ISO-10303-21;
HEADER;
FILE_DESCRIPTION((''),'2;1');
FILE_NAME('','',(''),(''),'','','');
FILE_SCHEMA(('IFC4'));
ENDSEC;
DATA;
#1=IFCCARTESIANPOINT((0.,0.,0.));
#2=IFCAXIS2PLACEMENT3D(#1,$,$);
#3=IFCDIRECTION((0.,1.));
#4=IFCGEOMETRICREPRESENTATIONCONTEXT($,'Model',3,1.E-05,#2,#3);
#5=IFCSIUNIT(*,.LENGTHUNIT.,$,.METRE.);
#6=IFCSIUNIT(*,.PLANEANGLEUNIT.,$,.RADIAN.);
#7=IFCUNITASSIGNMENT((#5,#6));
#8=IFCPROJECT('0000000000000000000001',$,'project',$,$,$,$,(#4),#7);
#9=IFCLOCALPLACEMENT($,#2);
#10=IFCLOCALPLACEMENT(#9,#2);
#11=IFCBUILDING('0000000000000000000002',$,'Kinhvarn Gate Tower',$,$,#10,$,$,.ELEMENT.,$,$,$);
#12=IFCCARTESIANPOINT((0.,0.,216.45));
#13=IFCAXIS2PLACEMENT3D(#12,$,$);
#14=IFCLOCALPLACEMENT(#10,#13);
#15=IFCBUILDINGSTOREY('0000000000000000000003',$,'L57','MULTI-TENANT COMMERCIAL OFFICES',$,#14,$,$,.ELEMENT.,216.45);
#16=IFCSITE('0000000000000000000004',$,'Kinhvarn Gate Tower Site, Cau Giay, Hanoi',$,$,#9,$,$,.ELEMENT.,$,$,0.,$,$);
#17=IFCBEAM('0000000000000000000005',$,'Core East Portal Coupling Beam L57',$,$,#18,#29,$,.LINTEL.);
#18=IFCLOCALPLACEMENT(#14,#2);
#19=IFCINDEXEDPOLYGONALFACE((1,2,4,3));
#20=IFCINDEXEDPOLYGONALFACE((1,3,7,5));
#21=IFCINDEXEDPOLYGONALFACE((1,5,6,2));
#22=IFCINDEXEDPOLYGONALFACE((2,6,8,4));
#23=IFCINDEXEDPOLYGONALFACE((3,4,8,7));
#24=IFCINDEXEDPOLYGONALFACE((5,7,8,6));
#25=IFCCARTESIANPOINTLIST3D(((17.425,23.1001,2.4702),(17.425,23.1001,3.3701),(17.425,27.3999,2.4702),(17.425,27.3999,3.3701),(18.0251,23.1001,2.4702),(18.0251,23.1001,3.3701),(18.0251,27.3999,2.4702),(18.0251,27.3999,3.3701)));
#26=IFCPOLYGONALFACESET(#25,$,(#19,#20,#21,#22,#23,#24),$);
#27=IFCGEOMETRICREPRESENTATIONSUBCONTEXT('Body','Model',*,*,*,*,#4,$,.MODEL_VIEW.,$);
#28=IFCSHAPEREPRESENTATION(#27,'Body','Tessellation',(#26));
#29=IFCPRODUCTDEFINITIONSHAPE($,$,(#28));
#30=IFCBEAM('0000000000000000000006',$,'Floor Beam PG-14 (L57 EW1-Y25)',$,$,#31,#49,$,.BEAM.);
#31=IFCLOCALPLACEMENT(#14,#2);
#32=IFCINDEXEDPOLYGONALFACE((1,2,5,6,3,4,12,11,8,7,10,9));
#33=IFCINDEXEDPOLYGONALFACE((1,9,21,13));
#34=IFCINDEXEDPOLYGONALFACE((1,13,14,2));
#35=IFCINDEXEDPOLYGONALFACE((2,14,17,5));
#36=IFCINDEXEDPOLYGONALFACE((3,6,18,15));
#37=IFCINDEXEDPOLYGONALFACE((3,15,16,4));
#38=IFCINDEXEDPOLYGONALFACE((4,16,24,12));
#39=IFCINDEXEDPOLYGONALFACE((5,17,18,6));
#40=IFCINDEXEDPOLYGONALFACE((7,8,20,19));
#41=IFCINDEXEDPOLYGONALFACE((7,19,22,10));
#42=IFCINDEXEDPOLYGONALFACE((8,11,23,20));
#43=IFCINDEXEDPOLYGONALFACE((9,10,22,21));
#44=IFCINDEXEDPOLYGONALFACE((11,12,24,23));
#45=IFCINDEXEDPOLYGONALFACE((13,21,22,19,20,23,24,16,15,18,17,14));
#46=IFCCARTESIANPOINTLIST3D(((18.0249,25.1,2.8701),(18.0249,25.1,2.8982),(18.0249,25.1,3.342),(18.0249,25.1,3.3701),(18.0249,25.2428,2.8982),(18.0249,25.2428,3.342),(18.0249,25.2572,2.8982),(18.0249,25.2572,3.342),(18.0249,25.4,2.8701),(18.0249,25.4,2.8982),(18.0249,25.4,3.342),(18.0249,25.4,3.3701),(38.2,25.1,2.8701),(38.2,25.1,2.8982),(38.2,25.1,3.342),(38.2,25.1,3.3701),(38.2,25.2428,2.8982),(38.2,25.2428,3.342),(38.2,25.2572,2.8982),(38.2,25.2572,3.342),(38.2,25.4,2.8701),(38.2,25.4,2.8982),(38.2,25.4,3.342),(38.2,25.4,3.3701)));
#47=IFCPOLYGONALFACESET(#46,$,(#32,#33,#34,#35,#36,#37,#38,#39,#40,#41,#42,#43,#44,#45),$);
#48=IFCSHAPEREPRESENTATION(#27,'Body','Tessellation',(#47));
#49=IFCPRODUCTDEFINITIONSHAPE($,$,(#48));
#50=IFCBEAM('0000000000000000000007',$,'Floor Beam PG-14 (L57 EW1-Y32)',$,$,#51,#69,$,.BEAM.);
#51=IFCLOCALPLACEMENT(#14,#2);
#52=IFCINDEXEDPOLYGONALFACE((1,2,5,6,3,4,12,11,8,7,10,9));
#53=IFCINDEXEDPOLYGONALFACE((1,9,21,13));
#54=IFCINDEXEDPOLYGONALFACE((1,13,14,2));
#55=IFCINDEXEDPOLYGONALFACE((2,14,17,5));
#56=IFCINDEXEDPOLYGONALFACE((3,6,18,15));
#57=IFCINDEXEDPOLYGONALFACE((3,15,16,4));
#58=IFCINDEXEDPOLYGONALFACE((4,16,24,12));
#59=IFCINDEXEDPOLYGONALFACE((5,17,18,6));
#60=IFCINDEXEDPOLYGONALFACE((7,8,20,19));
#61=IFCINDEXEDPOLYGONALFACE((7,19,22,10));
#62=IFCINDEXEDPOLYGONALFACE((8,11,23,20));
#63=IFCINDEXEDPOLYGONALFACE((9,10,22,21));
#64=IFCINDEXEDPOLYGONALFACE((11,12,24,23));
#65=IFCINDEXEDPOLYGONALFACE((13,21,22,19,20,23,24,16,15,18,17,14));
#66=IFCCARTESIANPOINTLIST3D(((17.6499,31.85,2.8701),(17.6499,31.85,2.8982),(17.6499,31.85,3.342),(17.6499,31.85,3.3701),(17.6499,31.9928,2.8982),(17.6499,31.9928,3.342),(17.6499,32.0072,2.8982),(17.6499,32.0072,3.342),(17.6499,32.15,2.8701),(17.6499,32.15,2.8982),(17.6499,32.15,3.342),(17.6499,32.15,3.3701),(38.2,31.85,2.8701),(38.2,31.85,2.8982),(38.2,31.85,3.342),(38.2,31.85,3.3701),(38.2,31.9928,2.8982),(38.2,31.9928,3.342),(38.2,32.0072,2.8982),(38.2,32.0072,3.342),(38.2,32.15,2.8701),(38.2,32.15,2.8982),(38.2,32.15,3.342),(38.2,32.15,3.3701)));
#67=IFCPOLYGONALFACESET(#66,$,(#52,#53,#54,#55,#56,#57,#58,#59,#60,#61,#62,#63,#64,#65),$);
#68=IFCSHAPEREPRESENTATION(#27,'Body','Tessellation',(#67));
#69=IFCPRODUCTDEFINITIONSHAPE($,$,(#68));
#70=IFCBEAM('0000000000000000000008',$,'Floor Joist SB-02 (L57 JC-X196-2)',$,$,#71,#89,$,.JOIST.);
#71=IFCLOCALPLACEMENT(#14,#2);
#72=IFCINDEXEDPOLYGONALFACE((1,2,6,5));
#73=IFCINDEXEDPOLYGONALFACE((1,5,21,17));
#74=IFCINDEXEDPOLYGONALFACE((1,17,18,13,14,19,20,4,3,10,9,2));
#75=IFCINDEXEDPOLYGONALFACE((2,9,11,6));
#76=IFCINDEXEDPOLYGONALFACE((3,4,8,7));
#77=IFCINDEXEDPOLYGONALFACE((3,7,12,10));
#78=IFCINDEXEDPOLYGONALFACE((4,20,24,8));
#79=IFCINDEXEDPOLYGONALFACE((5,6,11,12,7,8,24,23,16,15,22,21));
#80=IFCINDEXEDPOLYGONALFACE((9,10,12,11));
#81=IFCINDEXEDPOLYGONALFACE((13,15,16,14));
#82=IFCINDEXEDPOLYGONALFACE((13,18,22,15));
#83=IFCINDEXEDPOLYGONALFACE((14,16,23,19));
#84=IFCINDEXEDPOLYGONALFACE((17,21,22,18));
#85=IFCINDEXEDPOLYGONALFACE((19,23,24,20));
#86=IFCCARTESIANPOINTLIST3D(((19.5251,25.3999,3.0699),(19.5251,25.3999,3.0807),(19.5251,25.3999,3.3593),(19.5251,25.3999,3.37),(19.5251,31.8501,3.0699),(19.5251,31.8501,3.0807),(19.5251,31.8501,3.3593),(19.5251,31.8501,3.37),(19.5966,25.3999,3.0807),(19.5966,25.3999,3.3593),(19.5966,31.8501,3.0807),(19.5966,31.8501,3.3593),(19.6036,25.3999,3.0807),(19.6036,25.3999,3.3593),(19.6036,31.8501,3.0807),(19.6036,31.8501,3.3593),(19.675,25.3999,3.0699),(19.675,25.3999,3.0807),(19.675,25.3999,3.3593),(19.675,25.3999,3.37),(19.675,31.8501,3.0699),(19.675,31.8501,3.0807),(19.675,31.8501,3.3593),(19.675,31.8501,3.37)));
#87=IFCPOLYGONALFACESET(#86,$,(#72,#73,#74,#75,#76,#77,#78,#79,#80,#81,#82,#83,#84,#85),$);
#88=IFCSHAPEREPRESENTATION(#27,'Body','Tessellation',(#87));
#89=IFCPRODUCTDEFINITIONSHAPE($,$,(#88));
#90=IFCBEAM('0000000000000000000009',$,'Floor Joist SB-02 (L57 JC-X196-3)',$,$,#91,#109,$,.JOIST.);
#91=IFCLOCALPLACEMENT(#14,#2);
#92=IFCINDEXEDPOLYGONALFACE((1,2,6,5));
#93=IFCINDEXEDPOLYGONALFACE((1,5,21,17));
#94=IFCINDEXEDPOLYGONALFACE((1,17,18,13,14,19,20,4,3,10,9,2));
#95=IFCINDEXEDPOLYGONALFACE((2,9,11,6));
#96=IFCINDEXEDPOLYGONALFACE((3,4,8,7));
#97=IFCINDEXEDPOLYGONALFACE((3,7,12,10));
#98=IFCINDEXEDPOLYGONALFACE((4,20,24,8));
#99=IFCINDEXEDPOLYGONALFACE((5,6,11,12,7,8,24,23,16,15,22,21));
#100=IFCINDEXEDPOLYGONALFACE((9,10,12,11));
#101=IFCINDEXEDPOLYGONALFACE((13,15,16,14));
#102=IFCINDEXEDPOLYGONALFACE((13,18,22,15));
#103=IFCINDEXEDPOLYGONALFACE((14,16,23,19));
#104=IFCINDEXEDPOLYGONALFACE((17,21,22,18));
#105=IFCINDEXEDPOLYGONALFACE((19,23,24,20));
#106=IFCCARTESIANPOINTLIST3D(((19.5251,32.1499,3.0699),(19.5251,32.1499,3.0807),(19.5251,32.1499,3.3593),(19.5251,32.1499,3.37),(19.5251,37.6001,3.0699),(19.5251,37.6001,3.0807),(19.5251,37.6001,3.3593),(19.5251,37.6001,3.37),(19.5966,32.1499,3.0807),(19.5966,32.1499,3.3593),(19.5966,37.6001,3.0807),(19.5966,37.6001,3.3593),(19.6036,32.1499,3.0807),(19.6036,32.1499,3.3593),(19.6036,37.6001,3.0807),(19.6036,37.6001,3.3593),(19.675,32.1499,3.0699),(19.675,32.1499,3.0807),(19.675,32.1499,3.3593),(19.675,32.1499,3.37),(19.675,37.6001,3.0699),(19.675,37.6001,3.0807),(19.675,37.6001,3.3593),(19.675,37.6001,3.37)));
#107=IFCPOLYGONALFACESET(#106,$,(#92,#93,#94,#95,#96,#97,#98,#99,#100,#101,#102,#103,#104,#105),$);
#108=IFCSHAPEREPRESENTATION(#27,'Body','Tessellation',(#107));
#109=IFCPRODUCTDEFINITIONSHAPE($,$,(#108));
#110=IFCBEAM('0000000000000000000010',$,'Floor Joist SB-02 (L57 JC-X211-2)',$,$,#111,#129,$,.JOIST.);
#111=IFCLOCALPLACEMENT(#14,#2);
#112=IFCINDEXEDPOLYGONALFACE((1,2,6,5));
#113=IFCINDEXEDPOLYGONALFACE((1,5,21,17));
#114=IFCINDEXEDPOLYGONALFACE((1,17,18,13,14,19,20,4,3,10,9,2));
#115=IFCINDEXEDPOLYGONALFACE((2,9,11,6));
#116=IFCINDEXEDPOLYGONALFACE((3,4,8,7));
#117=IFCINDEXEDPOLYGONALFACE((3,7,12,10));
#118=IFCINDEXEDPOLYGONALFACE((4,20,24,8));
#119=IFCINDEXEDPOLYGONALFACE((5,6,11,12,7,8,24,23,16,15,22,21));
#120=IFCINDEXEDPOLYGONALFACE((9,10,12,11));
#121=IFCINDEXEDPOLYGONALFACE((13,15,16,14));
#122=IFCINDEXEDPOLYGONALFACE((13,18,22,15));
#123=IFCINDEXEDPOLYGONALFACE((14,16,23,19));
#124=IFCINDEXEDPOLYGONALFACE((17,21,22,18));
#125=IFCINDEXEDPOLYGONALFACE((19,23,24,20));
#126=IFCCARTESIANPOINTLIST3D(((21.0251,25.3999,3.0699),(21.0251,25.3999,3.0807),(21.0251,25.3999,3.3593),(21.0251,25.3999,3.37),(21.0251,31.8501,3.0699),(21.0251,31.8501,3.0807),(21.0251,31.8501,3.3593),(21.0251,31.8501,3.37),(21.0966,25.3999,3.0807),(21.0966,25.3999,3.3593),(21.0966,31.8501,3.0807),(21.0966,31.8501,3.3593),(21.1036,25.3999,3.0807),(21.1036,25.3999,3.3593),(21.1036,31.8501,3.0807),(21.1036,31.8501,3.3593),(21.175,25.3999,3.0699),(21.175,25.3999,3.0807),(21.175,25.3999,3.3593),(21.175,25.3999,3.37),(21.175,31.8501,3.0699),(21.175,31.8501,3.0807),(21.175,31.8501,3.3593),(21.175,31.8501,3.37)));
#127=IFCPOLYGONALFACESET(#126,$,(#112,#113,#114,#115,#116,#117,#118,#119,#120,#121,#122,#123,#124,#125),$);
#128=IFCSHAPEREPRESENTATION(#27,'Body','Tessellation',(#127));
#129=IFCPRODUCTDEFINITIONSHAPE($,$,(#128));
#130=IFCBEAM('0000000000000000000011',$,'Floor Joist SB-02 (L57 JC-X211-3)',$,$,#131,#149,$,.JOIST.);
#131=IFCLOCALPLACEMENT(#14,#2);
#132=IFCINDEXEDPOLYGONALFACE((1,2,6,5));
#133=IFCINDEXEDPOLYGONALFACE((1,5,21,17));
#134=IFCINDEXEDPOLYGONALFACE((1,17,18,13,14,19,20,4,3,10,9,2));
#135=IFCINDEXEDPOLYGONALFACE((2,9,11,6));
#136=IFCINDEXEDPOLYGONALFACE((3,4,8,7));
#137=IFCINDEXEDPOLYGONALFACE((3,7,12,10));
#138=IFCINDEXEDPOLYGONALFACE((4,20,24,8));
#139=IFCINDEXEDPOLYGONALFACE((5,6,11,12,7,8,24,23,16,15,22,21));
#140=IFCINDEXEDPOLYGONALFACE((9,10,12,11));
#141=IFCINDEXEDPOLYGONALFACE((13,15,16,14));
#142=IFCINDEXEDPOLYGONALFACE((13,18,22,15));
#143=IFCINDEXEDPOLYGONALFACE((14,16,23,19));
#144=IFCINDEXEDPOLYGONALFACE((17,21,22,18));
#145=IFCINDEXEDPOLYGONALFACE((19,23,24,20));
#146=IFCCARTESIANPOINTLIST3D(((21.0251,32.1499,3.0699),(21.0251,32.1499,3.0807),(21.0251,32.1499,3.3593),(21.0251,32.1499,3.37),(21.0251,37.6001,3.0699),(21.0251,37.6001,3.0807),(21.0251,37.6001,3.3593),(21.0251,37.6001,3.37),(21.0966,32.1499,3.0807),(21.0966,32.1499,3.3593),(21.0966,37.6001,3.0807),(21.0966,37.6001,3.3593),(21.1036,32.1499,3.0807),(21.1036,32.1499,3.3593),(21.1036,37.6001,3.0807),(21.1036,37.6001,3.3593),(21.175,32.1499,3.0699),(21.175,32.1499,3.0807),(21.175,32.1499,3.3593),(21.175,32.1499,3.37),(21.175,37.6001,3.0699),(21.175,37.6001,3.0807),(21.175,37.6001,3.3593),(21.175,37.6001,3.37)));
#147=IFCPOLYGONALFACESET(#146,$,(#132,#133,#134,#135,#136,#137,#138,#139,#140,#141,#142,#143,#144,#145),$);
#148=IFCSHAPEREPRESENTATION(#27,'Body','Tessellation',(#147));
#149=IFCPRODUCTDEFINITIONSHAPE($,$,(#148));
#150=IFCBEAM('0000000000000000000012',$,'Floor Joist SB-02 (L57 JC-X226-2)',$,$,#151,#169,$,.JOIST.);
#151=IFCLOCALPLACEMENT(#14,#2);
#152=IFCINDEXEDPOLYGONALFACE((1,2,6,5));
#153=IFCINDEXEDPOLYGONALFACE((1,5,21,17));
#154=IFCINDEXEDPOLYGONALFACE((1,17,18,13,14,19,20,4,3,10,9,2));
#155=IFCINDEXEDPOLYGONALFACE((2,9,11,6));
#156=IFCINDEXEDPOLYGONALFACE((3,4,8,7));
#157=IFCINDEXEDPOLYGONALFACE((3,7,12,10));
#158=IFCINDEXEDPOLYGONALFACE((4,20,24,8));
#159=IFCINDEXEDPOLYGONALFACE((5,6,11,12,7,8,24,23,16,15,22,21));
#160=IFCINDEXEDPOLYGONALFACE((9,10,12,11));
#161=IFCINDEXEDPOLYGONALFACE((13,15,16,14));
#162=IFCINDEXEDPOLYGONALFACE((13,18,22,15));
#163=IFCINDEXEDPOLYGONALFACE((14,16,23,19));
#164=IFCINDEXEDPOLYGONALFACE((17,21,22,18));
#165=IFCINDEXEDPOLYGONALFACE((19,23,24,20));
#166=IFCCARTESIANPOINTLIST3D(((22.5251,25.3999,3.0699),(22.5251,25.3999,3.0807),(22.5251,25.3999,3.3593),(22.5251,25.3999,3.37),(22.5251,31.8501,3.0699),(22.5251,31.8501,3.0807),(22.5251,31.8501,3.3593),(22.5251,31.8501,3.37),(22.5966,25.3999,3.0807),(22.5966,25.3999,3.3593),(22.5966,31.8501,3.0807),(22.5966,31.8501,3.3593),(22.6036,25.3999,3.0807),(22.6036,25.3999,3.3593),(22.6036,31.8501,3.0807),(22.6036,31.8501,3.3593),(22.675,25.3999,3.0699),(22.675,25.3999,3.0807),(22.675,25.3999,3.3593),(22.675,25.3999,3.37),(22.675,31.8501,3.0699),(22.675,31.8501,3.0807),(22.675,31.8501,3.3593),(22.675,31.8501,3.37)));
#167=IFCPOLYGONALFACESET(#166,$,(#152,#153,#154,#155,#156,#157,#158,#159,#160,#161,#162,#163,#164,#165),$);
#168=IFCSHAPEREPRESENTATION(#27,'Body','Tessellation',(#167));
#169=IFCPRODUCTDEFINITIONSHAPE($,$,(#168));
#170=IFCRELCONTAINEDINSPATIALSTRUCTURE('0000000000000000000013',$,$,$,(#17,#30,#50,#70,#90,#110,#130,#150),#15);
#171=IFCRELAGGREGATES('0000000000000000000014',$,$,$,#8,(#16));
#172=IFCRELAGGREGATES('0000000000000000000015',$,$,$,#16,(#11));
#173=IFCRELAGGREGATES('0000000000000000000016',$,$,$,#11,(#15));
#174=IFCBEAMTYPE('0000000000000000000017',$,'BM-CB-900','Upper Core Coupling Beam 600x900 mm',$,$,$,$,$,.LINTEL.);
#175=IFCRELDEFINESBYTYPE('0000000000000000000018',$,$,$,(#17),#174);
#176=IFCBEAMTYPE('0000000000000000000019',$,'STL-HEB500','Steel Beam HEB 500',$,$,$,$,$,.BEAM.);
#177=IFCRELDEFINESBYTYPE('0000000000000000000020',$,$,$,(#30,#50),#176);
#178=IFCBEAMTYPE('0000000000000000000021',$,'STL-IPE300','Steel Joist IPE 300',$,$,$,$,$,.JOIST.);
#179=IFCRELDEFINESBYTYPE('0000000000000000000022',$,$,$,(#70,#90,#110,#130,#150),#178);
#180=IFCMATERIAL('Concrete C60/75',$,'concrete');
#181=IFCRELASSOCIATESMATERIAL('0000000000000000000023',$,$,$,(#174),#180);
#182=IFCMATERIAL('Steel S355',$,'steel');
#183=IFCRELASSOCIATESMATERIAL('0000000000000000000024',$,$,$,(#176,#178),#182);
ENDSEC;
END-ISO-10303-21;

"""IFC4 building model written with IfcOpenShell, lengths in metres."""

from ifc_helpers import new_model, si_unit, direction, frame, origin, origin_2d, place, context, subcontext, project, spatial, rectangle, i_section, extrude, material, material_profile, profile_set, type_object, element, save


model = new_model("IFC4")

# Units and contexts
model_context = context("Model", 3, precision=1e-05, world=origin(), true_north=direction((0.0, 1.0)))
body_context = subcontext(model_context, "Body", "Model", "MODEL_VIEW")
ifc_project = project(units=[si_unit("LENGTHUNIT", "METRE"), si_unit("PLANEANGLEUNIT", "RADIAN")], contexts=[model_context])

# Site, building, storey
site_placement = place(None, origin())
site = spatial("IfcSite", under=ifc_project, at=site_placement, Name="Kinhvarn Gate Tower Site, Cau Giay, Hanoi", CompositionType="ELEMENT", RefElevation=0.0)
building_placement = place(site_placement, origin())
building = spatial("IfcBuilding", under=site, at=building_placement, Name="Kinhvarn Gate Tower", CompositionType="ELEMENT")
storey_placement = place(building_placement, frame((0.0, 0.0, 216.45)))
storey = spatial("IfcBuildingStorey", under=building, at=storey_placement, Name="L57", Description="MULTI-TENANT COMMERCIAL OFFICES", CompositionType="ELEMENT", Elevation=216.45)

# Beams
ifc_material_1 = material(Name="Concrete C60/75", Category="concrete")
ifc_material_profile_1 = material_profile(ifc_material_1, rectangle(XDim=0.6001, YDim=0.8999, at=origin_2d()), Name="RC 600x900")
ifc_profile_set_1 = profile_set([ifc_material_profile_1], Name="Concrete C60/75")
beam_type_1 = type_object("IfcBeamType", Name="BM-CB-900", Description="Upper Core Coupling Beam 600x900 mm", PredefinedType="LINTEL", material=ifc_profile_set_1)
beam_1_placement = place(storey_placement, frame((17.7251, 23.1001, 2.9202), z_axis=(0.0, 1.0, 0.0), x_axis=(-1.0, 0.0, 0.0)))
element("IfcBeam", 1, at=beam_1_placement, inside=storey, type_object=beam_type_1, Name="Core East Portal Coupling Beam L57", PredefinedType="LINTEL", context=body_context, shape_type="SweptSolid", body=[
    extrude(rectangle(XDim=0.6001, YDim=0.8999, at=origin_2d()), origin(), (0.0, 0.0, 1.0), 4.2998),
])
ifc_material_2 = material(Name="Steel S355", Category="steel")
ifc_material_profile_2 = material_profile(ifc_material_2, i_section(OverallWidth=0.3, OverallDepth=0.5, WebThickness=0.0144, FlangeThickness=0.0281, at=origin_2d()), Name="HEB 500")
ifc_profile_set_2 = profile_set([ifc_material_profile_2], Name="Steel S355")
beam_type_2 = type_object("IfcBeamType", Name="STL-HEB500", Description="Steel Beam HEB 500", PredefinedType="BEAM", material=ifc_profile_set_2)
beam_2_placement = place(storey_placement, frame((18.0249, 25.25, 3.1201), z_axis=(1.0, 0.0, 0.0), x_axis=(0.0, 1.0, 0.0)))
element("IfcBeam", 2, at=beam_2_placement, inside=storey, type_object=beam_type_2, Name="Floor Beam PG-14 (L57 EW1-Y25)", PredefinedType="BEAM", context=body_context, shape_type="SweptSolid", body=[
    extrude(i_section(OverallWidth=0.3, OverallDepth=0.5, WebThickness=0.0144, FlangeThickness=0.0281, at=origin_2d()), origin(), (0.0, 0.0, 1.0), 20.175),
])
beam_3_placement = place(storey_placement, frame((17.6499, 32.0, 3.1201), z_axis=(1.0, 0.0, 0.0), x_axis=(0.0, 1.0, 0.0)))
element("IfcBeam", 3, at=beam_3_placement, inside=storey, type_object=beam_type_2, Name="Floor Beam PG-14 (L57 EW1-Y32)", PredefinedType="BEAM", context=body_context, shape_type="SweptSolid", body=[
    extrude(i_section(OverallWidth=0.3, OverallDepth=0.5, WebThickness=0.0144, FlangeThickness=0.0281, at=origin_2d()), origin(), (0.0, 0.0, 1.0), 20.55),
])
ifc_material_profile_3 = material_profile(ifc_material_2, i_section(OverallWidth=0.1499, OverallDepth=0.3, WebThickness=0.0071, FlangeThickness=0.0107, at=origin_2d()), Name="IPE 300")
ifc_profile_set_3 = profile_set([ifc_material_profile_3], Name="Steel S355")
beam_type_3 = type_object("IfcBeamType", Name="STL-IPE300", Description="Steel Joist IPE 300", PredefinedType="JOIST", material=ifc_profile_set_3)
beam_4_placement = place(storey_placement, frame((19.6001, 25.3999, 3.22), z_axis=(0.0, 1.0, 0.0), x_axis=(-1.0, 0.0, 0.0)))
element("IfcBeam", 4, at=beam_4_placement, inside=storey, type_object=beam_type_3, Name="Floor Joist SB-02 (L57 JC-X196-2)", PredefinedType="JOIST", context=body_context, shape_type="SweptSolid", body=[
    extrude(i_section(OverallWidth=0.1499, OverallDepth=0.3, WebThickness=0.0071, FlangeThickness=0.0107, at=origin_2d()), origin(), (0.0, 0.0, 1.0), 6.4502),
])
beam_5_placement = place(storey_placement, frame((19.6001, 32.1499, 3.22), z_axis=(0.0, 1.0, 0.0), x_axis=(-1.0, 0.0, 0.0)))
element("IfcBeam", 5, at=beam_5_placement, inside=storey, type_object=beam_type_3, Name="Floor Joist SB-02 (L57 JC-X196-3)", PredefinedType="JOIST", context=body_context, shape_type="SweptSolid", body=[
    extrude(i_section(OverallWidth=0.1499, OverallDepth=0.3, WebThickness=0.0071, FlangeThickness=0.0107, at=origin_2d()), origin(), (0.0, 0.0, 1.0), 5.4502),
])
beam_6_placement = place(storey_placement, frame((21.1001, 25.3999, 3.22), z_axis=(0.0, 1.0, 0.0), x_axis=(-1.0, 0.0, 0.0)))
element("IfcBeam", 6, at=beam_6_placement, inside=storey, type_object=beam_type_3, Name="Floor Joist SB-02 (L57 JC-X211-2)", PredefinedType="JOIST", context=body_context, shape_type="SweptSolid", body=[
    extrude(i_section(OverallWidth=0.1499, OverallDepth=0.3, WebThickness=0.0071, FlangeThickness=0.0107, at=origin_2d()), origin(), (0.0, 0.0, 1.0), 6.4502),
])
beam_7_placement = place(storey_placement, frame((21.1001, 32.1499, 3.22), z_axis=(0.0, 1.0, 0.0), x_axis=(-1.0, 0.0, 0.0)))
element("IfcBeam", 7, at=beam_7_placement, inside=storey, type_object=beam_type_3, Name="Floor Joist SB-02 (L57 JC-X211-3)", PredefinedType="JOIST", context=body_context, shape_type="SweptSolid", body=[
    extrude(i_section(OverallWidth=0.1499, OverallDepth=0.3, WebThickness=0.0071, FlangeThickness=0.0107, at=origin_2d()), origin(), (0.0, 0.0, 1.0), 5.4502),
])
beam_8_placement = place(storey_placement, frame((22.6001, 25.3999, 3.22), z_axis=(0.0, 1.0, 0.0), x_axis=(-1.0, 0.0, 0.0)))
element("IfcBeam", 8, at=beam_8_placement, inside=storey, type_object=beam_type_3, Name="Floor Joist SB-02 (L57 JC-X226-2)", PredefinedType="JOIST", context=body_context, shape_type="SweptSolid", body=[
    extrude(i_section(OverallWidth=0.1499, OverallDepth=0.3, WebThickness=0.0071, FlangeThickness=0.0107, at=origin_2d()), origin(), (0.0, 0.0, 1.0), 6.4502),
])

save(model, "model.ifc")
